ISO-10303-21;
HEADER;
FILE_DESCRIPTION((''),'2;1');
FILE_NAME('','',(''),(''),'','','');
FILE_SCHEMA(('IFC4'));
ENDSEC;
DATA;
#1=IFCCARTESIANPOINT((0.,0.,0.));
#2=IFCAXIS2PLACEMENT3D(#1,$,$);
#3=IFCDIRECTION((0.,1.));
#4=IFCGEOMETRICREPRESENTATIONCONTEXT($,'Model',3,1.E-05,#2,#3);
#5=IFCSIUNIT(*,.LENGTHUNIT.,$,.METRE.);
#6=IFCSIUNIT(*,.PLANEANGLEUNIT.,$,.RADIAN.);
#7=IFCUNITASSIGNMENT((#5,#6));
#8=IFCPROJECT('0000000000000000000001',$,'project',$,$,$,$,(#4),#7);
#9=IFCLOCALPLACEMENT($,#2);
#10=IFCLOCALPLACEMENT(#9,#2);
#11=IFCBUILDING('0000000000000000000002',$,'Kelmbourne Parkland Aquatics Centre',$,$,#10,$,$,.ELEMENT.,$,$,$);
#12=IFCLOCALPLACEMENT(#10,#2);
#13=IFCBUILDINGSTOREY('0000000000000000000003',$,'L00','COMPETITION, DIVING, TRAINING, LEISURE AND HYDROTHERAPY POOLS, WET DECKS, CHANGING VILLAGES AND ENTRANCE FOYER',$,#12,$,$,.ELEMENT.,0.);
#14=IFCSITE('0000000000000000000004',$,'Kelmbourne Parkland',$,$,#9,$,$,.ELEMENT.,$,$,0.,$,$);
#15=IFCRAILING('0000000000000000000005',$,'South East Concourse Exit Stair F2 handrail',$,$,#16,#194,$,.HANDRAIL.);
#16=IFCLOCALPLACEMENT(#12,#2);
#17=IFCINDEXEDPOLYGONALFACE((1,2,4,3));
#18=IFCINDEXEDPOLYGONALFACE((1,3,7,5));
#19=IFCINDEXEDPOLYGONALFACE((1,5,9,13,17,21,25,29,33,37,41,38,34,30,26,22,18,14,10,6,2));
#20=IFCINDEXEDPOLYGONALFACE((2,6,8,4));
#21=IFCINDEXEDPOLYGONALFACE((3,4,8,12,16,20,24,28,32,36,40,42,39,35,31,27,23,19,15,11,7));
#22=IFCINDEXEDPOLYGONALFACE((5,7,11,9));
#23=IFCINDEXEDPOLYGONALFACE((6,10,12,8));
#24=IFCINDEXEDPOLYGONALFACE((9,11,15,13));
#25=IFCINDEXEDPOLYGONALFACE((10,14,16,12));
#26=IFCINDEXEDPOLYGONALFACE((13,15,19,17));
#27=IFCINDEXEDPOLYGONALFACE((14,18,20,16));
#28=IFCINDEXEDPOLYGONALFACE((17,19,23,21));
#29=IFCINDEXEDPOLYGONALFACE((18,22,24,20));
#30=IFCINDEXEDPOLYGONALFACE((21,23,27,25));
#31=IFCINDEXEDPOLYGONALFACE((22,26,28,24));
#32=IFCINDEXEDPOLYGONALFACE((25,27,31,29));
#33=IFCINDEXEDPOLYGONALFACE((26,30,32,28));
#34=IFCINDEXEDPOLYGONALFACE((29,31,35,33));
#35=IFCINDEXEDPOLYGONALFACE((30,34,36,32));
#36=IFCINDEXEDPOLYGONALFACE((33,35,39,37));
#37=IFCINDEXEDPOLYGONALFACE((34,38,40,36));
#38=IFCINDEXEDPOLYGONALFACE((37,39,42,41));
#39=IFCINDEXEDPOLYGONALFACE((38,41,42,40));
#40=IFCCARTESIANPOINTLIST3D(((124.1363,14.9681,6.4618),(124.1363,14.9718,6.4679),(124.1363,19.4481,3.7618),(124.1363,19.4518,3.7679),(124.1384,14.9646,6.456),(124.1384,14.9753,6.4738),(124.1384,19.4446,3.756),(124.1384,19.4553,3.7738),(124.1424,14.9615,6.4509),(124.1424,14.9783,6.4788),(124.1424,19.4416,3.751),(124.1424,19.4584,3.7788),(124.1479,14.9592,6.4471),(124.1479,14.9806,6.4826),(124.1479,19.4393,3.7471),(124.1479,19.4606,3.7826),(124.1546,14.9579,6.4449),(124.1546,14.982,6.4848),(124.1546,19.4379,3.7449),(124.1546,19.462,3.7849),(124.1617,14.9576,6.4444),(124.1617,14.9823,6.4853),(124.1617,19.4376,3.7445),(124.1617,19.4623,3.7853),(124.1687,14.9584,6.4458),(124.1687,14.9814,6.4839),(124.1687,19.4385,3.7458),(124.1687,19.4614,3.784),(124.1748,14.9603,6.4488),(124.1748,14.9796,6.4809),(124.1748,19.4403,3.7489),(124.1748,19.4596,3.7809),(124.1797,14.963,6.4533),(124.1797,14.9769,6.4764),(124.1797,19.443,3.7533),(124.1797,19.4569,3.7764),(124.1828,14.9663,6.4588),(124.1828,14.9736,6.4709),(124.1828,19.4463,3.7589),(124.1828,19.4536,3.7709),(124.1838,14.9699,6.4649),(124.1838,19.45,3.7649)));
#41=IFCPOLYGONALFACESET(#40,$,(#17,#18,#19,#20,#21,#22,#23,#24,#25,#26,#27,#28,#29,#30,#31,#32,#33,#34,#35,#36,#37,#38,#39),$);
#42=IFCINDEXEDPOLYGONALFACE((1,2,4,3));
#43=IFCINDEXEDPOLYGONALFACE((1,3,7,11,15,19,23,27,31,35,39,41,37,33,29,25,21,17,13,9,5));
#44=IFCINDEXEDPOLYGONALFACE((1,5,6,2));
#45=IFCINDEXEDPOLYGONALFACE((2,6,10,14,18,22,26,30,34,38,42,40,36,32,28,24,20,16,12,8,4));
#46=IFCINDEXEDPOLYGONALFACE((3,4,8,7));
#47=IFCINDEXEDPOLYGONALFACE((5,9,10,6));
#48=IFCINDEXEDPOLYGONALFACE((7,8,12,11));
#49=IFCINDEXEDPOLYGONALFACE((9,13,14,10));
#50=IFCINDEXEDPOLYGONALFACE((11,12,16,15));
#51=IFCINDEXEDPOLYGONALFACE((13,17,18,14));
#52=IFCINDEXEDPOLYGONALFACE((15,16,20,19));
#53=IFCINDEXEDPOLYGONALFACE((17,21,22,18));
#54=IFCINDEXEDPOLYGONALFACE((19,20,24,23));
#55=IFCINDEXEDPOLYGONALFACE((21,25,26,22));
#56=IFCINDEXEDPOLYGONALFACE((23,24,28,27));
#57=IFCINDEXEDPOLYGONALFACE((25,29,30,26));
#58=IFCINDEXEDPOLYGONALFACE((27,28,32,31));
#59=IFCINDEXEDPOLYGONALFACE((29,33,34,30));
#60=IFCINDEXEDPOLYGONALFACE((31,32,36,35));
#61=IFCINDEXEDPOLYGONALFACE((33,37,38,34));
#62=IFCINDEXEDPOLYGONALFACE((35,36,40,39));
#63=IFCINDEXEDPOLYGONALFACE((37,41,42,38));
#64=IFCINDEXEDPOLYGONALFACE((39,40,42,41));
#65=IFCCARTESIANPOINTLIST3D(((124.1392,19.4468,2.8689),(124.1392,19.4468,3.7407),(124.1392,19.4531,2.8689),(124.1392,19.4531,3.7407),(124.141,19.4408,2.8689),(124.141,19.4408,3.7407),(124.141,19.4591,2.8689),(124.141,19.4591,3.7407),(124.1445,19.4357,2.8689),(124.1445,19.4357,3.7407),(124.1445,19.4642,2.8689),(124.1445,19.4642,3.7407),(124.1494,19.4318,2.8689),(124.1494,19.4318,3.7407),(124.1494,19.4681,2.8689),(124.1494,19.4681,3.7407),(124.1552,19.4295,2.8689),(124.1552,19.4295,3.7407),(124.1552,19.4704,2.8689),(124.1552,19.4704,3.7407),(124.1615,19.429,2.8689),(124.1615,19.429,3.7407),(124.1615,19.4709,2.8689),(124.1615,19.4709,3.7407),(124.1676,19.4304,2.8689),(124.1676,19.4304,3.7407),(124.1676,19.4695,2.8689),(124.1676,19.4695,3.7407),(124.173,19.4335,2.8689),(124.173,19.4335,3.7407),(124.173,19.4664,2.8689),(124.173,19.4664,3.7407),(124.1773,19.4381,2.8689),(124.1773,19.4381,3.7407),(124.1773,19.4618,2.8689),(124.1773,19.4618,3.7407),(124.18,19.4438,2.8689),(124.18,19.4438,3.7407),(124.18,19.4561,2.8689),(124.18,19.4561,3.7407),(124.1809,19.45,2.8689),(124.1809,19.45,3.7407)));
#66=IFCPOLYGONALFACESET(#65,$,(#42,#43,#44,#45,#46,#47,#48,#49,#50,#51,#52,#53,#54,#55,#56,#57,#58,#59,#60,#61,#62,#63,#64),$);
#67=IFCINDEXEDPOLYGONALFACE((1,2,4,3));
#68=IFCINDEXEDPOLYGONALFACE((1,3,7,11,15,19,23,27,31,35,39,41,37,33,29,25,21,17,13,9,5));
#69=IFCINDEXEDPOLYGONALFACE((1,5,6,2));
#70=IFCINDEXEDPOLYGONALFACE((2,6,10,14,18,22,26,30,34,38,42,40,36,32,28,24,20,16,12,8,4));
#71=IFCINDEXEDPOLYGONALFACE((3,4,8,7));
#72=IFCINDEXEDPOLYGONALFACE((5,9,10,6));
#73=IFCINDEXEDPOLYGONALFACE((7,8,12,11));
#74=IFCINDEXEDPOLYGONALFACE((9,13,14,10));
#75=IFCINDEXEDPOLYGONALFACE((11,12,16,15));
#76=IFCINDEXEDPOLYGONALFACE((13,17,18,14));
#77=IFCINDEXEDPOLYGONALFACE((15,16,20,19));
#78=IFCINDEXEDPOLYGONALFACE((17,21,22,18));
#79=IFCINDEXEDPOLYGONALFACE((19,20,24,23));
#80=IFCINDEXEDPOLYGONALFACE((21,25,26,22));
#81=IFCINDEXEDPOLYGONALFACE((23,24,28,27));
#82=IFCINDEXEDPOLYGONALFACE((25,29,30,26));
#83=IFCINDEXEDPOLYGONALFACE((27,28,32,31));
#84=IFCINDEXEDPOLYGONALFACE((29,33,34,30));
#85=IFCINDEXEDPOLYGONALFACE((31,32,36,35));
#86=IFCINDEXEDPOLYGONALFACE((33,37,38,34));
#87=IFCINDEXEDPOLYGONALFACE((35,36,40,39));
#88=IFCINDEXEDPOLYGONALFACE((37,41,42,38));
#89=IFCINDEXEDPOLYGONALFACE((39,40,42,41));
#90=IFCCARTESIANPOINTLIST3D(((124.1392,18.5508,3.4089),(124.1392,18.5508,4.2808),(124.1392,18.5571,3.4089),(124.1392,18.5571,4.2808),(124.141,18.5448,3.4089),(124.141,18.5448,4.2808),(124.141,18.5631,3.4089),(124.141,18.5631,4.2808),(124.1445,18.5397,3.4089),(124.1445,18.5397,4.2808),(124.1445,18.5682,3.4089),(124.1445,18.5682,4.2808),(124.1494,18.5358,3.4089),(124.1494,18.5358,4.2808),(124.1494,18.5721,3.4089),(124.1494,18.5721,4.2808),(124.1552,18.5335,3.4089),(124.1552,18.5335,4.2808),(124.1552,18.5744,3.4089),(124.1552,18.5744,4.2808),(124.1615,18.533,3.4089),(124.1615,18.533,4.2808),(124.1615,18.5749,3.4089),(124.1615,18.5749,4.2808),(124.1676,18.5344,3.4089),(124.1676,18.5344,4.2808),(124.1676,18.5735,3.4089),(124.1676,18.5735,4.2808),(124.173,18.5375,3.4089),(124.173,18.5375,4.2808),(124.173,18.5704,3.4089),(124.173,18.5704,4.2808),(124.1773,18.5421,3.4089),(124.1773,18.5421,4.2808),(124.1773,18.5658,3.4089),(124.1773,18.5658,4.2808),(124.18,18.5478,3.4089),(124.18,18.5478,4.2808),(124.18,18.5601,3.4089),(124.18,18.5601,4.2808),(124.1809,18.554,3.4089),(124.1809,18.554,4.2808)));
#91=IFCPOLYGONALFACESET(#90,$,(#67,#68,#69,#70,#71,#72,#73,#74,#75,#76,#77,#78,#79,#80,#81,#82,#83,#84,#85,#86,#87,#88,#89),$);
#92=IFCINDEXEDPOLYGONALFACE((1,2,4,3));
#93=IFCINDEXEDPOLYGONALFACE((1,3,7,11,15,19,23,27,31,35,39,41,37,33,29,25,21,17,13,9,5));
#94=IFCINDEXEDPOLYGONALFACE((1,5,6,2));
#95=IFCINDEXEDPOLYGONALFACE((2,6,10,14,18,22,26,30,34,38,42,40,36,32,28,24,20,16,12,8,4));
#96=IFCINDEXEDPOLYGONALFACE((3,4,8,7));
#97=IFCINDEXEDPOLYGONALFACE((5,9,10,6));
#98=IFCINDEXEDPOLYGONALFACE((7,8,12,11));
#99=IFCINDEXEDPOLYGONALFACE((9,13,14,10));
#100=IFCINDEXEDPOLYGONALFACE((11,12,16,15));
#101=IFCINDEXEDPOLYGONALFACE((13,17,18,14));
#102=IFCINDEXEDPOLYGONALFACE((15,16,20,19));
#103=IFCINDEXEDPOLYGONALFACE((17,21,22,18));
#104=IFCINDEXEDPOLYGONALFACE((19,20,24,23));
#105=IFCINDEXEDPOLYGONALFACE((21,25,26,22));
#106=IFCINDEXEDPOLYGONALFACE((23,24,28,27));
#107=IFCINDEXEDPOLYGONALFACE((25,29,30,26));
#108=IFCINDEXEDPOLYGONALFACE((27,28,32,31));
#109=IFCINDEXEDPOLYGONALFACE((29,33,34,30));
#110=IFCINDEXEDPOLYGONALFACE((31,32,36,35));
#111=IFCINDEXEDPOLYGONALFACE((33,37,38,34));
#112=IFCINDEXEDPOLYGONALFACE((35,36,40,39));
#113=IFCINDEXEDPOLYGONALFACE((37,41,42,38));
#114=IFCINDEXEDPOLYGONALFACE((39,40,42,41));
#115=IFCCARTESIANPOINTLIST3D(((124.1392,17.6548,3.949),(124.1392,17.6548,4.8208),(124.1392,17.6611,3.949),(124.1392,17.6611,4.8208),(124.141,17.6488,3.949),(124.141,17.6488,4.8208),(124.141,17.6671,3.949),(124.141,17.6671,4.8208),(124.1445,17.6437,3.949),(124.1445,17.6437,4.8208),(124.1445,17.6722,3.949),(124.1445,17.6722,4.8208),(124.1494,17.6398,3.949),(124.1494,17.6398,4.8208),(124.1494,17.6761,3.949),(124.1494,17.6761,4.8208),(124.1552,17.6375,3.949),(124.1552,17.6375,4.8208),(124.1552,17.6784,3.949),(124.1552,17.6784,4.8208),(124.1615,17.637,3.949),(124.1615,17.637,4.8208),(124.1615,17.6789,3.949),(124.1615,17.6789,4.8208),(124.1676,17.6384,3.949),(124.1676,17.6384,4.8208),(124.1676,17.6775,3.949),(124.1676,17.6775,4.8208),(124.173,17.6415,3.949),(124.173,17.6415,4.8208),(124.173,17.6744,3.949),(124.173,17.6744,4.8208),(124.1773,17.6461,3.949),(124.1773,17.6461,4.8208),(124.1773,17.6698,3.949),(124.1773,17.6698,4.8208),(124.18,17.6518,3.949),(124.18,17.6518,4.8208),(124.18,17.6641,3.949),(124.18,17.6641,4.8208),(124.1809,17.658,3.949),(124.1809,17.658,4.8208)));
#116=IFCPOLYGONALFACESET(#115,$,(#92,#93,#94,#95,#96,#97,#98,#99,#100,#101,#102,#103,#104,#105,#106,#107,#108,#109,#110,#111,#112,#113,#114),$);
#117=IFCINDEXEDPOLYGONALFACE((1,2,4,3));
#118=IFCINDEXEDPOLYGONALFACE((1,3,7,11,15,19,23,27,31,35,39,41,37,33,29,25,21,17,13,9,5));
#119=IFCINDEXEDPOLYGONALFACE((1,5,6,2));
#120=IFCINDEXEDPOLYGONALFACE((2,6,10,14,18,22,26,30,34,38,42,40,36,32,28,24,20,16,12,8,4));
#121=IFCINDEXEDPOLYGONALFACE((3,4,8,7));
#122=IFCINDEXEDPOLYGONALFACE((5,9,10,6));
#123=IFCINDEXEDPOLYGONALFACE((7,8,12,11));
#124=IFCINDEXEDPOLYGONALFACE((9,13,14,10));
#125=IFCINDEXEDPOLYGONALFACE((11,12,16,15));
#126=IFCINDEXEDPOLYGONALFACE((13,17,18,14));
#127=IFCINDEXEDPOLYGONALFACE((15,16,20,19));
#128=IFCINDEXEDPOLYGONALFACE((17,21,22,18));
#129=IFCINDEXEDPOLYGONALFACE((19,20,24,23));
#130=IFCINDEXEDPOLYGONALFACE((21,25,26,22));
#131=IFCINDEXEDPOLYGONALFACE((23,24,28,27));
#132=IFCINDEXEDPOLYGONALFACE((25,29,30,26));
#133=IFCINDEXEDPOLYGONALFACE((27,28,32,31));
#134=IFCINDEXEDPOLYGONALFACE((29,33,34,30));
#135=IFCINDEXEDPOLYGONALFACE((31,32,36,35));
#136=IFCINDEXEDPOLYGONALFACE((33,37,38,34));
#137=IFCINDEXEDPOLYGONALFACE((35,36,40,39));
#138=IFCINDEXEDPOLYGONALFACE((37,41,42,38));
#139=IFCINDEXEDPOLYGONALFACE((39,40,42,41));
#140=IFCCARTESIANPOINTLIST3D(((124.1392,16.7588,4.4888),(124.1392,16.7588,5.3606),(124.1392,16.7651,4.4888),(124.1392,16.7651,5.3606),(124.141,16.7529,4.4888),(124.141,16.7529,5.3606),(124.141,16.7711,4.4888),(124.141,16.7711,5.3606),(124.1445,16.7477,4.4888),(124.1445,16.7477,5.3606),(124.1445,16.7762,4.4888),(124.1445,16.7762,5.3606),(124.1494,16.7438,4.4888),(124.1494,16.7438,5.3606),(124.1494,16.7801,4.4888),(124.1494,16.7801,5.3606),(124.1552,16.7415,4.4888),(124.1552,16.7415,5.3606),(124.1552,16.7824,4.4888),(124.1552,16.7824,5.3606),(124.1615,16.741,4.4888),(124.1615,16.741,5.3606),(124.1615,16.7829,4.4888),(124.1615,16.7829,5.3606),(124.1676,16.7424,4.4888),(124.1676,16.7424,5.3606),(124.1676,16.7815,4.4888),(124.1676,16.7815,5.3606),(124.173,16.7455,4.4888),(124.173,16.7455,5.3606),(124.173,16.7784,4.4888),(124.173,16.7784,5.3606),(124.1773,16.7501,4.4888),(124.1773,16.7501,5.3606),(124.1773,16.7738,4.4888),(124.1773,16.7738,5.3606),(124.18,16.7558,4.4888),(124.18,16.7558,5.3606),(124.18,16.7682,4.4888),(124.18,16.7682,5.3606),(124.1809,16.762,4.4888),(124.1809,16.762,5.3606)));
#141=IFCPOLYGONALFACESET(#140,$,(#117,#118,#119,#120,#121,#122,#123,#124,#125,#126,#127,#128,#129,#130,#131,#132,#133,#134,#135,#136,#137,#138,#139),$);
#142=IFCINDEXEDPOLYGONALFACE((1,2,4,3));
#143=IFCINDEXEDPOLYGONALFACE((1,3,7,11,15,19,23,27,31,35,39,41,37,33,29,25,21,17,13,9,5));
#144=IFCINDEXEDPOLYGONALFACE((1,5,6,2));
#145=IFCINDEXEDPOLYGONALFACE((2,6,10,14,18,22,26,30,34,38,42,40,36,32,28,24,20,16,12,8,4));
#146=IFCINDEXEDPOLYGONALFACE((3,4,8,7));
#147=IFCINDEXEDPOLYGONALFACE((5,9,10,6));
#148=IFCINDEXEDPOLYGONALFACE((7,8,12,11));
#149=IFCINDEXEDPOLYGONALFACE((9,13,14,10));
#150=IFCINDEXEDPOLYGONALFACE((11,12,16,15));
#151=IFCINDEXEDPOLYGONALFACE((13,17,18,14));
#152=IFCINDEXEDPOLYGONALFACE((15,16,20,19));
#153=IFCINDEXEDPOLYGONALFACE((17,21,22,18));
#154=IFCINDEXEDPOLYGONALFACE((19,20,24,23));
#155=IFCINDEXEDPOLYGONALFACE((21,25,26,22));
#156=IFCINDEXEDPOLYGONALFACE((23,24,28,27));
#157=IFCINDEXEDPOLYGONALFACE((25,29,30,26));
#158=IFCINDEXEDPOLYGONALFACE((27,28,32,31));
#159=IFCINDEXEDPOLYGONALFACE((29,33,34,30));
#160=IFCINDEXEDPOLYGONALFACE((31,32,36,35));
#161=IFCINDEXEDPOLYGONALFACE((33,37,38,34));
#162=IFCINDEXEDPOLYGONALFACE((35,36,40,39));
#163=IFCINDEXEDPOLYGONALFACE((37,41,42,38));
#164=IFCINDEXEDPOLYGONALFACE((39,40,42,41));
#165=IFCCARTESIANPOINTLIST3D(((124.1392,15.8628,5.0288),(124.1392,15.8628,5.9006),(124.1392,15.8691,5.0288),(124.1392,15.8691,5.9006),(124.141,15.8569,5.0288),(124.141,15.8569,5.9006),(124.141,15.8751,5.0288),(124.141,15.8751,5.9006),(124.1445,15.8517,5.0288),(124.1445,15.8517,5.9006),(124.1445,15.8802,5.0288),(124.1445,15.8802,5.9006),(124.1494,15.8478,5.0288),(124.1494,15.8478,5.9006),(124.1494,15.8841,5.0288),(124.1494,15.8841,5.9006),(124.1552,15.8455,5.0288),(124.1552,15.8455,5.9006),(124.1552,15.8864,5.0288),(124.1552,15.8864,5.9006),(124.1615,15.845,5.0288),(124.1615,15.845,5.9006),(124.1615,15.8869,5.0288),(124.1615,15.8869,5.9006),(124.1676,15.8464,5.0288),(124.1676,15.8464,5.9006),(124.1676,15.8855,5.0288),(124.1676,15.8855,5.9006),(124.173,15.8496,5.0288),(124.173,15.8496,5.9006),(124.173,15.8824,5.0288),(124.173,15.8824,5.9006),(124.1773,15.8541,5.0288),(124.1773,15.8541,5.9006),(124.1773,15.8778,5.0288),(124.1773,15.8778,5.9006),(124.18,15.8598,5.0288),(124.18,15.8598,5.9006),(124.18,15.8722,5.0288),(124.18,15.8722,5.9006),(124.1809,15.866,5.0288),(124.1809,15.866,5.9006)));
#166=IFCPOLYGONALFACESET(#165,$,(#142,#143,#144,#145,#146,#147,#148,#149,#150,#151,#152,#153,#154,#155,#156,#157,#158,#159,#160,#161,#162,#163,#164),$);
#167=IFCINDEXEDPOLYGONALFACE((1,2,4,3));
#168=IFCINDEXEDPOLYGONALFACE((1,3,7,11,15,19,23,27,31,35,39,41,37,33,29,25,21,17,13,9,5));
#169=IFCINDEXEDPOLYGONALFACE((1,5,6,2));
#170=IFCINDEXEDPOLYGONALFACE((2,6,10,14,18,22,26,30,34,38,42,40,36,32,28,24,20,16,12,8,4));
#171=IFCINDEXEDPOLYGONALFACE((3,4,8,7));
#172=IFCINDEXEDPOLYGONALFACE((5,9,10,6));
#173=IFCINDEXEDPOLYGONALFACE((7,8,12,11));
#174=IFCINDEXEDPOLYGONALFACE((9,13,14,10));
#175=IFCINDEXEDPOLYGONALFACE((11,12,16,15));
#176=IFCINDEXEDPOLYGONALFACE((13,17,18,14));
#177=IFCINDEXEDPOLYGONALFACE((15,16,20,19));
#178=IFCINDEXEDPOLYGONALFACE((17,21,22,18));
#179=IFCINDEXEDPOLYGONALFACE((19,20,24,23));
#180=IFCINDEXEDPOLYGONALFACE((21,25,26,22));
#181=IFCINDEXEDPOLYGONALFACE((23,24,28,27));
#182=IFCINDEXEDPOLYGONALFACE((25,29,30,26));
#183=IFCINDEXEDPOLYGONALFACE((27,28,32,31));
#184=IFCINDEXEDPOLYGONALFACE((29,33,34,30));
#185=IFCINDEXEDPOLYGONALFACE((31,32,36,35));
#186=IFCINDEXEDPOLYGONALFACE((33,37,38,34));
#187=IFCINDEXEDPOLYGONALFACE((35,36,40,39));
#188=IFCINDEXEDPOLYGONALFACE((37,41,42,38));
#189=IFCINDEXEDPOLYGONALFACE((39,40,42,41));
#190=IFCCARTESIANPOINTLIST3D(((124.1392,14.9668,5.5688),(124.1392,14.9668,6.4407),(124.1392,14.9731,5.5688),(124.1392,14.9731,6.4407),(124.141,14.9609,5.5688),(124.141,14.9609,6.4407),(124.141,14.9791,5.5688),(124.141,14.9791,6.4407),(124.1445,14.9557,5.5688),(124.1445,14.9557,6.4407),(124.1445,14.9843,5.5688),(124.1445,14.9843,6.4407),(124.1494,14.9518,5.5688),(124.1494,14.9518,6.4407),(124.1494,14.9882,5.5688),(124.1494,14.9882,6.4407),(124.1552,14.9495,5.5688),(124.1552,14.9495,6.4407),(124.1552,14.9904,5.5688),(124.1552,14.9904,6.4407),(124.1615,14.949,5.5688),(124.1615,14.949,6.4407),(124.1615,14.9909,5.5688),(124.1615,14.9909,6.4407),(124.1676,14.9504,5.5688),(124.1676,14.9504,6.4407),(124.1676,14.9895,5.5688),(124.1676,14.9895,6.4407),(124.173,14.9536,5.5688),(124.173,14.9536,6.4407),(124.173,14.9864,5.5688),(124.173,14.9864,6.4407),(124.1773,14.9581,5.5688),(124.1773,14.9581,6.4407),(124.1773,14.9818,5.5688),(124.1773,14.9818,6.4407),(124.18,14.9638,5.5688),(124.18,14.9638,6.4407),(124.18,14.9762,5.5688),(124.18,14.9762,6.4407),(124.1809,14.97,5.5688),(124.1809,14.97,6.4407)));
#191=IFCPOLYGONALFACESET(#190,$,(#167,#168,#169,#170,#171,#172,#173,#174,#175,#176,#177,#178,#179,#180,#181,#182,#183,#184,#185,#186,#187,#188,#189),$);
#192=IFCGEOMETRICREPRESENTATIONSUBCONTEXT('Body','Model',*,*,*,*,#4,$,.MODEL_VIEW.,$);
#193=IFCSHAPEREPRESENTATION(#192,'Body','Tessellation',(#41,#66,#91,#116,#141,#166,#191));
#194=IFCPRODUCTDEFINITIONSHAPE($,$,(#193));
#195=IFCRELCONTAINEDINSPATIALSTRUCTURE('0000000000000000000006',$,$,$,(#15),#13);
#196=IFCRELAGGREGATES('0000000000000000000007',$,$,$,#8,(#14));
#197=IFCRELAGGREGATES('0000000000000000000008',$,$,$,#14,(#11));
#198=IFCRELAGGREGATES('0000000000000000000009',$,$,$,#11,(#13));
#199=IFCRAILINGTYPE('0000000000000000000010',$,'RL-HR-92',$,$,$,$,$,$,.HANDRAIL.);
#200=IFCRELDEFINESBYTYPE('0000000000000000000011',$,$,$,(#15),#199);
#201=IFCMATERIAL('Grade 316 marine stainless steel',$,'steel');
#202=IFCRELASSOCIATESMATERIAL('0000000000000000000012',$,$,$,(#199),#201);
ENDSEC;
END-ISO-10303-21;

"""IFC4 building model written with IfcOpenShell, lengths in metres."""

from ifc_helpers import new_model, si_unit, direction, frame, origin, origin_2d, place, context, subcontext, project, spatial, circle, extrude, material, type_object, element, save


model = new_model("IFC4")

# Units and contexts
model_context = context("Model", 3, precision=1e-05, world=origin(), true_north=direction((0.0, 1.0)))
body_context = subcontext(model_context, "Body", "Model", "MODEL_VIEW")
ifc_project = project(units=[si_unit("LENGTHUNIT", "METRE"), si_unit("PLANEANGLEUNIT", "RADIAN")], contexts=[model_context])

# Site, building, storey
site_placement = place(None, origin())
site = spatial("IfcSite", under=ifc_project, at=site_placement, Name="Kelmbourne Parkland", CompositionType="ELEMENT", RefElevation=0.0)
building_placement = place(site_placement, origin())
building = spatial("IfcBuilding", under=site, at=building_placement, Name="Kelmbourne Parkland Aquatics Centre", CompositionType="ELEMENT")
storey_placement = place(building_placement, origin())
storey = spatial("IfcBuildingStorey", under=building, at=storey_placement, Name="L00", Description="COMPETITION, DIVING, TRAINING, LEISURE AND HYDROTHERAPY POOLS, WET DECKS, CHANGING VILLAGES AND ENTRANCE FOYER", CompositionType="ELEMENT", Elevation=0.0)

# Railing
ifc_material_1 = material(Name="Grade 316 marine stainless steel", Category="steel")
railing_type_1 = type_object("IfcRailingType", Name="RL-HR-92", PredefinedType="HANDRAIL", material=ifc_material_1)
railing_1_placement = place(storey_placement, frame((124.1599, 19.45, 2.8689)))
element("IfcRailing", 1, at=railing_1_placement, inside=storey, type_object=railing_type_1, Name="South East Concourse Exit Stair F2 handrail", PredefinedType="HANDRAIL", context=body_context, shape_type="SweptSolid", body=[
    extrude(circle(Radius=0.0239, at=origin_2d()), frame((0.0, 0.0, 0.896), z_axis=(0.0, -0.856482, 0.516176), x_axis=(1.0, 0.0, 0.0)), (0.0, 0.0, 1.0), 5.2307),
    extrude(circle(Radius=0.021, at=origin_2d()), origin(), (0.0, 0.0, 1.0), 0.8718),
    extrude(circle(Radius=0.021, at=origin_2d()), frame((0.0, -0.896, 0.54)), (0.0, 0.0, 1.0), 0.8718),
    extrude(circle(Radius=0.021, at=origin_2d()), frame((0.0, -1.792, 1.0801)), (0.0, 0.0, 1.0), 0.8718),
    extrude(circle(Radius=0.021, at=origin_2d()), frame((0.0, -2.688, 1.6199)), (0.0, 0.0, 1.0), 0.8718),
    extrude(circle(Radius=0.021, at=origin_2d()), frame((0.0, -3.584, 2.1599)), (0.0, 0.0, 1.0), 0.8718),
    extrude(circle(Radius=0.021, at=origin_2d()), frame((0.0, -4.48, 2.7)), (0.0, 0.0, 1.0), 0.8718),
])

save(model, "model.ifc")
